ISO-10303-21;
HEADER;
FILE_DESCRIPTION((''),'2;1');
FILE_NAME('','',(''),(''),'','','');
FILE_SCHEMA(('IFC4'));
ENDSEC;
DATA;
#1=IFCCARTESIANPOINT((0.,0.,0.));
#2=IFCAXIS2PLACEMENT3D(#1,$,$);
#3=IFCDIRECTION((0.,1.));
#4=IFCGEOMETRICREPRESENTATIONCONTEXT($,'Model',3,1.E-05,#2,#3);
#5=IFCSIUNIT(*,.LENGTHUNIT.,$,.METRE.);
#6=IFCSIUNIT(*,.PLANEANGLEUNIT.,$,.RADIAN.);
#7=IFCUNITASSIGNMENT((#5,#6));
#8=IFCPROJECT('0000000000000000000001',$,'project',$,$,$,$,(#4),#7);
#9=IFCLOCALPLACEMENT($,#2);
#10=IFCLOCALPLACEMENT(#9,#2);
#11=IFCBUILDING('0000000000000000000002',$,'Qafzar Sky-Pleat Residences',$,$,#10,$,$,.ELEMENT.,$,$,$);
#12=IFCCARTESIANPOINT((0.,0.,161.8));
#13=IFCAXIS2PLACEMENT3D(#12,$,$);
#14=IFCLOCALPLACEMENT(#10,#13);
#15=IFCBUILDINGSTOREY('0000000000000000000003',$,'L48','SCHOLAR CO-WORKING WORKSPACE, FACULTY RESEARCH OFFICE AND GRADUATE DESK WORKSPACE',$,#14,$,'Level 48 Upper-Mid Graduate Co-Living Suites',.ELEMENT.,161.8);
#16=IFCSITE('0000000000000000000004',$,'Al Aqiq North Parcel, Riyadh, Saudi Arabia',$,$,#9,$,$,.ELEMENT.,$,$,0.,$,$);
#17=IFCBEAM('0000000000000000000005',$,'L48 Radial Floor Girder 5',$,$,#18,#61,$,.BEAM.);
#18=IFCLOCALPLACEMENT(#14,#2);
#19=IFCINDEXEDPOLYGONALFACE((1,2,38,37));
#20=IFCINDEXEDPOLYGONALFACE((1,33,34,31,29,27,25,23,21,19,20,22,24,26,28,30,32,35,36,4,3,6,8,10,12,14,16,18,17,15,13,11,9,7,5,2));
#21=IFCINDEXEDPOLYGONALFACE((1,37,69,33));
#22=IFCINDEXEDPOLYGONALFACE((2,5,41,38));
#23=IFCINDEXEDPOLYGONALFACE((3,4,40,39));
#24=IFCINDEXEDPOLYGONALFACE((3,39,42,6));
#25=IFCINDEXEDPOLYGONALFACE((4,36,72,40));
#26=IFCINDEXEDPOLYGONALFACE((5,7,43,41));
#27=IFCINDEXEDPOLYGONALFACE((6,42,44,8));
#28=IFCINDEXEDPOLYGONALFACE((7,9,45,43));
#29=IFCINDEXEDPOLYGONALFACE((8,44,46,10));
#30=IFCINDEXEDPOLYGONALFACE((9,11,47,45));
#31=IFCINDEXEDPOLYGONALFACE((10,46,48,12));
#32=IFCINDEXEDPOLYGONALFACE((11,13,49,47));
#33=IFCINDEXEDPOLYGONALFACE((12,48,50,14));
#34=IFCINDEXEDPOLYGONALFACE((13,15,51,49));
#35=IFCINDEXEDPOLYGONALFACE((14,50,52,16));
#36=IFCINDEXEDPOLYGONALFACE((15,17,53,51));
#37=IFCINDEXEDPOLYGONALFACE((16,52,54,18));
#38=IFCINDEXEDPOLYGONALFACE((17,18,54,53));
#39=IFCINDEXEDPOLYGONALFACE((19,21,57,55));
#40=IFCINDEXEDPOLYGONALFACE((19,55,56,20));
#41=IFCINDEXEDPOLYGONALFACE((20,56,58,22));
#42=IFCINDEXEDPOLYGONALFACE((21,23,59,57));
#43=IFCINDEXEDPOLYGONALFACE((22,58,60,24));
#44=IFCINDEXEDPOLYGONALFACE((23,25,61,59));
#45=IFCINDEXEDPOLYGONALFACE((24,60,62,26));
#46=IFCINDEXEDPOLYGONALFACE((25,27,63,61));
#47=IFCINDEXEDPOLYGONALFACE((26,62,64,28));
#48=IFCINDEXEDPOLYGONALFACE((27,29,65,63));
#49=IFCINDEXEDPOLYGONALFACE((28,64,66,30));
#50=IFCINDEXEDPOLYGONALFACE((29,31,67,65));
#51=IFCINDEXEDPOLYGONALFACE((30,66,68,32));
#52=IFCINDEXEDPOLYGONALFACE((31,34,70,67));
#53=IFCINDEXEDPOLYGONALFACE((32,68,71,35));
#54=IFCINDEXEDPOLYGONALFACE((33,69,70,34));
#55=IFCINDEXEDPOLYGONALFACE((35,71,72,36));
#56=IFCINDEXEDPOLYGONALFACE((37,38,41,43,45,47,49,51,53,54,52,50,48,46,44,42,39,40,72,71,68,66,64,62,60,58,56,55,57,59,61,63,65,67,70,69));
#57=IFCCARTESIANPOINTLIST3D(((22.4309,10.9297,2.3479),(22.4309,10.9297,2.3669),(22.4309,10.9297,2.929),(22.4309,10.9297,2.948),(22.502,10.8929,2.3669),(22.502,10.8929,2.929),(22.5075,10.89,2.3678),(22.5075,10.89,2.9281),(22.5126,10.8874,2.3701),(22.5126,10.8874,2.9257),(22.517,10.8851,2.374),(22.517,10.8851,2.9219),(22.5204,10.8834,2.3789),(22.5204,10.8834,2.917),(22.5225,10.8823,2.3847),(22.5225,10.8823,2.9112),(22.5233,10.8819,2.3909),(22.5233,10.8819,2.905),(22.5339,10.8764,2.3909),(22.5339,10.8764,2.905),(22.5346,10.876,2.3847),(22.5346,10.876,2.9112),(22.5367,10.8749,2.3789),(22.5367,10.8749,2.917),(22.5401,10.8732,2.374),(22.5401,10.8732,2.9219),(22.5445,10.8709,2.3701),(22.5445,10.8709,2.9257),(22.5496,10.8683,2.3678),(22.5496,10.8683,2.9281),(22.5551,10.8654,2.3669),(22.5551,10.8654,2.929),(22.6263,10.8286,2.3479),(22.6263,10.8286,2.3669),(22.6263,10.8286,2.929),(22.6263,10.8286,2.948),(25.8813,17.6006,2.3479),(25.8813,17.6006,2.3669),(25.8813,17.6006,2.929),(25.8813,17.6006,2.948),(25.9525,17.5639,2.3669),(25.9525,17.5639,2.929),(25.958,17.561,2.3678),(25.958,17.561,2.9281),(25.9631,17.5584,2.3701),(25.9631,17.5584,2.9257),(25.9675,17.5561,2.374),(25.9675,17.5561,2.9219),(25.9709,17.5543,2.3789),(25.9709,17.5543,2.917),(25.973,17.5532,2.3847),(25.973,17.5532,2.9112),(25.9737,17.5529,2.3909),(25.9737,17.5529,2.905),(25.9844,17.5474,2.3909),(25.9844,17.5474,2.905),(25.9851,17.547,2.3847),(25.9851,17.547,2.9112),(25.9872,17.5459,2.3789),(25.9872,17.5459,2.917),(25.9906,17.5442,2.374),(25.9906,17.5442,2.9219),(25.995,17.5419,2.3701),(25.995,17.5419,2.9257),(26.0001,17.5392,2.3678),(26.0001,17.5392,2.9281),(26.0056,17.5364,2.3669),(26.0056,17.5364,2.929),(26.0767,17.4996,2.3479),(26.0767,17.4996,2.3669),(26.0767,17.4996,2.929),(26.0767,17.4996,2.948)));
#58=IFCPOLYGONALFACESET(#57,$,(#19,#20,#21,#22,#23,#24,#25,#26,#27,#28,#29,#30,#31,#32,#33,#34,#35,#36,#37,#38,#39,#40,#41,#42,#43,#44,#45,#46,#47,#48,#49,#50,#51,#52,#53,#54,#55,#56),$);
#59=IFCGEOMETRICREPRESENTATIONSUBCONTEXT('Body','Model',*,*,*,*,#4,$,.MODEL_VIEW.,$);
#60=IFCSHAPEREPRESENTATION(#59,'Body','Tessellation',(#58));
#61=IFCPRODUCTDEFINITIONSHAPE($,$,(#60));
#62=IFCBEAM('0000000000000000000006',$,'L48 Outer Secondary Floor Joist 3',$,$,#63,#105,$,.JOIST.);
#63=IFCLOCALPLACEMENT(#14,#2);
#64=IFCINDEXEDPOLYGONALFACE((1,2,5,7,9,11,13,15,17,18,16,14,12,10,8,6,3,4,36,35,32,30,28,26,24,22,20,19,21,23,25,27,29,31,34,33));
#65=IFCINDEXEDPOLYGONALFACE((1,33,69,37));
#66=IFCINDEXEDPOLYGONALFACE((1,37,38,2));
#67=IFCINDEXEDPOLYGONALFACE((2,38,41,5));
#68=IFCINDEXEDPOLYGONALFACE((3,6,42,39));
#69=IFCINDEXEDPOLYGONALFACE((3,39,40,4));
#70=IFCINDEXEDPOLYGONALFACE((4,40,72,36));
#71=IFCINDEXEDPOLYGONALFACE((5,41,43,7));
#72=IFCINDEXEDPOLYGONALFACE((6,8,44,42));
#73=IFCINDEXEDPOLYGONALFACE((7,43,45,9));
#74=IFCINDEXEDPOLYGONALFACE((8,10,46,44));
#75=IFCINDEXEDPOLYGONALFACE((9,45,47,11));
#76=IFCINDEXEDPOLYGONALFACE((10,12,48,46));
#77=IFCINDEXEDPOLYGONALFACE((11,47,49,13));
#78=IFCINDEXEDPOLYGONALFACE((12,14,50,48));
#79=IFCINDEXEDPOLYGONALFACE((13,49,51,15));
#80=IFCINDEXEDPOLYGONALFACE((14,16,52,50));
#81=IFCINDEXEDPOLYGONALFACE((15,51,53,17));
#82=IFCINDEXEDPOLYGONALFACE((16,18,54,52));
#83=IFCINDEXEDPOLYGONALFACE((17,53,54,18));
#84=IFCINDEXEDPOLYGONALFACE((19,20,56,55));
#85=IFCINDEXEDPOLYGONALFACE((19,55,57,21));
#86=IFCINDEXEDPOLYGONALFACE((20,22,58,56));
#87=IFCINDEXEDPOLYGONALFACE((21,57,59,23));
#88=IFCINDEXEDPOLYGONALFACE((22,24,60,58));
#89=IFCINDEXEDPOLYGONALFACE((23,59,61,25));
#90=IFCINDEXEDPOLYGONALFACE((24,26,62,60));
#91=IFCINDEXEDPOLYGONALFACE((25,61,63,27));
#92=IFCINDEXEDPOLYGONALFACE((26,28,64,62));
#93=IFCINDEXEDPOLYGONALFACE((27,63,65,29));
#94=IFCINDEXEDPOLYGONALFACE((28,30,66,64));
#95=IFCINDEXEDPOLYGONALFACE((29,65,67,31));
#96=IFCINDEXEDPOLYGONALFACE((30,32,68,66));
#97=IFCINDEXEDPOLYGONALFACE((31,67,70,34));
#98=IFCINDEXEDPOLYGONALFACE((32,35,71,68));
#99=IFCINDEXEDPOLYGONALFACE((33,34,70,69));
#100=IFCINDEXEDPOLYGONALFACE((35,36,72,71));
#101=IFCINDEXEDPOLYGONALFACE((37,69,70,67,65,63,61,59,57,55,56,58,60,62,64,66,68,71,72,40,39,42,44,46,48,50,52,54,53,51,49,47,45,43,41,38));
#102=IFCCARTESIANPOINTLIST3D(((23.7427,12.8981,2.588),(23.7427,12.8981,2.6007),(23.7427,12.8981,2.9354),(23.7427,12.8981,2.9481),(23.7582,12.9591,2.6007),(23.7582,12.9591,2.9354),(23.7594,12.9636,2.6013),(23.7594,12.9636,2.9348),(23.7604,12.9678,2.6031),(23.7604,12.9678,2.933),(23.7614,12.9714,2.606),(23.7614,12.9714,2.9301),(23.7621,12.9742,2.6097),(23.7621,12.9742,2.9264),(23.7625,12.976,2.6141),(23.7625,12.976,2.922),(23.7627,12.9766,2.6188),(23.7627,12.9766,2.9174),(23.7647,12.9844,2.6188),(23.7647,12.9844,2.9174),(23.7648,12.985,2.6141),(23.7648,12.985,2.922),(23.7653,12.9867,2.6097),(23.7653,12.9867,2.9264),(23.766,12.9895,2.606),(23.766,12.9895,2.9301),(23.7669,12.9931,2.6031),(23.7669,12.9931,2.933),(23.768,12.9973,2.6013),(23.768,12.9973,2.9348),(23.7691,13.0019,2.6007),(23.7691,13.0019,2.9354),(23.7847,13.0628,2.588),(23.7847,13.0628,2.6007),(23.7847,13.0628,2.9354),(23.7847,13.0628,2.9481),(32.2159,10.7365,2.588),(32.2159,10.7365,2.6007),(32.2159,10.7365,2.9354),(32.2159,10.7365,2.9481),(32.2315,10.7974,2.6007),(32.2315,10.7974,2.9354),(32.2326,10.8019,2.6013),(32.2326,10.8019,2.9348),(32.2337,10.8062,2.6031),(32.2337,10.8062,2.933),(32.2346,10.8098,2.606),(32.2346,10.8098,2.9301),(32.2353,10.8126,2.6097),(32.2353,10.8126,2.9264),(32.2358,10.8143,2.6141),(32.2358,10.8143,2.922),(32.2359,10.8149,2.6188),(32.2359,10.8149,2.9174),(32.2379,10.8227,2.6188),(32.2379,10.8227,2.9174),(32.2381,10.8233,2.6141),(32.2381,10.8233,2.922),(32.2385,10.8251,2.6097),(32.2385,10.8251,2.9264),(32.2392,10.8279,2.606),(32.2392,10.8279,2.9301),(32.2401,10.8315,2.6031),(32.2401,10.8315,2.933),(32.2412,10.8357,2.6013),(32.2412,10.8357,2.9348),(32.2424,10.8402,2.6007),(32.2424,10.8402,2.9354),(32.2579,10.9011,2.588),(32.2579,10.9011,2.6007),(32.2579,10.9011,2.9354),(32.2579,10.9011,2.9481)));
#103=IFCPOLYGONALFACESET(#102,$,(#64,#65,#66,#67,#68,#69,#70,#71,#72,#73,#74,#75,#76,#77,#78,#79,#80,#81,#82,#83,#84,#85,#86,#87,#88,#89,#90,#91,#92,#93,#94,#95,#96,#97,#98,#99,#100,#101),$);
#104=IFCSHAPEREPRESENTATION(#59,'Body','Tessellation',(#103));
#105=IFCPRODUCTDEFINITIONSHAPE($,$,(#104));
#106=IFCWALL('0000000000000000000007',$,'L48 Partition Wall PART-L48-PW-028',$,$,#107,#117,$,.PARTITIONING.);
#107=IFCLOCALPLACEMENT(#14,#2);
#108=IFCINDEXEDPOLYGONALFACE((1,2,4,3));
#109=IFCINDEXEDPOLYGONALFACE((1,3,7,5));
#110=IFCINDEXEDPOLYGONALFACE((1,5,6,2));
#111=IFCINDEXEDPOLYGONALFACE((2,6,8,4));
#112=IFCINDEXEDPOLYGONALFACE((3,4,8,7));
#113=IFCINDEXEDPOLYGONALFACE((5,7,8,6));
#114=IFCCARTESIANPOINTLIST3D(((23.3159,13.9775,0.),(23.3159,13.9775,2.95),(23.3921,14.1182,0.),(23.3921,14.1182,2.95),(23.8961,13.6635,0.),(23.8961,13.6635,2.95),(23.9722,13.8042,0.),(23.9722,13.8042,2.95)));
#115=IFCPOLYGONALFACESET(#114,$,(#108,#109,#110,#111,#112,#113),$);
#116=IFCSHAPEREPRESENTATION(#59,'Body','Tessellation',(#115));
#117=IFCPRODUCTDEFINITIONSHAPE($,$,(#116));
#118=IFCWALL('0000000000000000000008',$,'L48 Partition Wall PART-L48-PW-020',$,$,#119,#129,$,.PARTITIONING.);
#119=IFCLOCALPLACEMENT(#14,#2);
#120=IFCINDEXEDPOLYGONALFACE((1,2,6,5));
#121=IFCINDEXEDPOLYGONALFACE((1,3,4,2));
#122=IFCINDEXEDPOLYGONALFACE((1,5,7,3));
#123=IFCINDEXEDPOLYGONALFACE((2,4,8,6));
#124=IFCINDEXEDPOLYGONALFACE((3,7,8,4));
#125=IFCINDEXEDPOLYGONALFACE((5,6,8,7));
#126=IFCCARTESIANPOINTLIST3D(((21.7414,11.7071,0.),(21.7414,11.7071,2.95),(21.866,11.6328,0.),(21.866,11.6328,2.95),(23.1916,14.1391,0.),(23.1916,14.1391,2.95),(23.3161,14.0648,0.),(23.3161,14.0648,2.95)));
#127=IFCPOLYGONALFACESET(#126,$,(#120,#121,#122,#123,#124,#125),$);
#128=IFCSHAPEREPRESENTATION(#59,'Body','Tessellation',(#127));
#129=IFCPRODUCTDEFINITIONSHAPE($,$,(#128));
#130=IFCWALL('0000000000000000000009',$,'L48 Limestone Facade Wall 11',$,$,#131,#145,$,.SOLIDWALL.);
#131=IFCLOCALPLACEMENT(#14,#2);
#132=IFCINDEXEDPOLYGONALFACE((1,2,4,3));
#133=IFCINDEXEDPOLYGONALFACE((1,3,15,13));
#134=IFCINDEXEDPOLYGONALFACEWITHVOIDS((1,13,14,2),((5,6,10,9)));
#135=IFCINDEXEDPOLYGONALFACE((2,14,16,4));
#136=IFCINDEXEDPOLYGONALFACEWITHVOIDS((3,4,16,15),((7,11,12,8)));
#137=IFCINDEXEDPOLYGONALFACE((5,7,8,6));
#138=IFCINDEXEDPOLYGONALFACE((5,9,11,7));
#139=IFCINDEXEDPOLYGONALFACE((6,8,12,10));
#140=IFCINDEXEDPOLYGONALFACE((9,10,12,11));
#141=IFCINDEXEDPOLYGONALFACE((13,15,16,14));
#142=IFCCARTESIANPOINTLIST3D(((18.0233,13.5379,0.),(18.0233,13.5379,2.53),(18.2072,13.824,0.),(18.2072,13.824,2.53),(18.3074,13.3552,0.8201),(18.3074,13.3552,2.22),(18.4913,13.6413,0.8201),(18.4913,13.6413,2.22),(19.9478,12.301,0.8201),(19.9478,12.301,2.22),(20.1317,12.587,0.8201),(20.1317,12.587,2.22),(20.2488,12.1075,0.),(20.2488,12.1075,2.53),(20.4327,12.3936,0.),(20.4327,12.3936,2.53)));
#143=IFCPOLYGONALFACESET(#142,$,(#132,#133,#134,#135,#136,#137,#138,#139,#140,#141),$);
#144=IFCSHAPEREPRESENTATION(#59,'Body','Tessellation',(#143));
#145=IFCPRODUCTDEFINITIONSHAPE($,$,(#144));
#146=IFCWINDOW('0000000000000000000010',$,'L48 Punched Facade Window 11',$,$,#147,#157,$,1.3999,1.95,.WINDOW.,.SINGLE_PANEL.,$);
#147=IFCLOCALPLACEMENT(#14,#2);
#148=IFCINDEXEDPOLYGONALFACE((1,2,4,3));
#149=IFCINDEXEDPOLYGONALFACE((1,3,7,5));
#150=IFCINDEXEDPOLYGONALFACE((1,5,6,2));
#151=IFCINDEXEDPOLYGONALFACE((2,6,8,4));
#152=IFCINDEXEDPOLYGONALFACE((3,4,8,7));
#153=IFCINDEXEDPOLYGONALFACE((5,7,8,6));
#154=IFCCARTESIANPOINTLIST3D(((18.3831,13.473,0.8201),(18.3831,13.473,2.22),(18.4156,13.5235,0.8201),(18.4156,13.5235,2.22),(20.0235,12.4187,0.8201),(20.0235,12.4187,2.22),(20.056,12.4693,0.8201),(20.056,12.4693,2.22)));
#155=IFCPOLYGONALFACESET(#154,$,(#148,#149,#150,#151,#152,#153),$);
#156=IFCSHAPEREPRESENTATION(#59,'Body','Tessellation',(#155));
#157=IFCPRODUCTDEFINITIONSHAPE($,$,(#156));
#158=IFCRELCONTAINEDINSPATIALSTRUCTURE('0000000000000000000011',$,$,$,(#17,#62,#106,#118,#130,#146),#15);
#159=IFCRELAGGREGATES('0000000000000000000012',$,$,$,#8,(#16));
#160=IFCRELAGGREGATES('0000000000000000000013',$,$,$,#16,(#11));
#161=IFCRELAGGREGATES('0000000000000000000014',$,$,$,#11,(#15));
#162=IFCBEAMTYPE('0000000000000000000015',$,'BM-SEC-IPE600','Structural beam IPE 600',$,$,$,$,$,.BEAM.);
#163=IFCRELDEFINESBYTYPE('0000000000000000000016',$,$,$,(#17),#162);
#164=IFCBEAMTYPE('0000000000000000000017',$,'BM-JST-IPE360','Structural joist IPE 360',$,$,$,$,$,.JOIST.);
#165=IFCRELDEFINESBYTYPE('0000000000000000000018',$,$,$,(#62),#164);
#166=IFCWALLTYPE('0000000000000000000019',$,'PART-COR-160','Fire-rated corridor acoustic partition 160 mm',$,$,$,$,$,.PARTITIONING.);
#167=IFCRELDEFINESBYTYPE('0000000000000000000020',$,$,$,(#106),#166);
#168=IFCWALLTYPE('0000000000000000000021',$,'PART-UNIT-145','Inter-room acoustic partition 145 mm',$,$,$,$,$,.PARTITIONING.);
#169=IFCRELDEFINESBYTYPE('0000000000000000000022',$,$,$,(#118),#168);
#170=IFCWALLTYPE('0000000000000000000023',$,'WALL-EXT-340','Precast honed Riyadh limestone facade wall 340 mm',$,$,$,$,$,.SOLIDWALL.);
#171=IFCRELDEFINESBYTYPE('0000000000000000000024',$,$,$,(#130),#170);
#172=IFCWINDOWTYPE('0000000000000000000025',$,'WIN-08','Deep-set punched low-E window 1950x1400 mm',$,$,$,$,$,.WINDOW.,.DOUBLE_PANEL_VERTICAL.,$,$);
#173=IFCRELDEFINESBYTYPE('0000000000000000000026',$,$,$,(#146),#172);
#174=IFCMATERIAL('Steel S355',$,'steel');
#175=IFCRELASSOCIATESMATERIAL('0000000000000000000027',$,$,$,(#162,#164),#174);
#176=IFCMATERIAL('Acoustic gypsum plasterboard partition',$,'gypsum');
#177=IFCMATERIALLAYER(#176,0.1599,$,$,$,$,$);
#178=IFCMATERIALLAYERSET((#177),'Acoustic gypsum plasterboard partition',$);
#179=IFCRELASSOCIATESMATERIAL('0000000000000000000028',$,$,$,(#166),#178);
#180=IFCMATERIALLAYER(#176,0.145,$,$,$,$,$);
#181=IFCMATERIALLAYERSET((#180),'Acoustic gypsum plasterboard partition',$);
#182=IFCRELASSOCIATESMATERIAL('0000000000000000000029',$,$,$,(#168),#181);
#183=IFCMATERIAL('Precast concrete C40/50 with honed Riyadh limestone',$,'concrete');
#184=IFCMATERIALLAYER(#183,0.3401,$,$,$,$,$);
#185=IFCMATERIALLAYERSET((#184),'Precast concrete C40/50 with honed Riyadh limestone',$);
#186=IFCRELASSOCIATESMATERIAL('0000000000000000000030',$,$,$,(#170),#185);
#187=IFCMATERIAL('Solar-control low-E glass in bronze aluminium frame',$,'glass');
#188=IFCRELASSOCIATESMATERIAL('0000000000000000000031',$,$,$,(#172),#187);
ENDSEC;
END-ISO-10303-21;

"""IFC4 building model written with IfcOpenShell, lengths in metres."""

from ifc_helpers import new_model, si_unit, direction, frame, frame_2d, origin, origin_2d, place, context, subcontext, project, spatial, rectangle, i_section, extrude, source, transform, mapped, material, layer, layer_set, material_profile, profile_set, type_object, element, fill, save


model = new_model("IFC4")

# Units and contexts
model_context = context("Model", 3, precision=1e-05, world=origin(), true_north=direction((0.0, 1.0)))
body_context = subcontext(model_context, "Body", "Model", "MODEL_VIEW")
ifc_project = project(units=[si_unit("LENGTHUNIT", "METRE"), si_unit("PLANEANGLEUNIT", "RADIAN")], contexts=[model_context])

# Site, building, storey
site_placement = place(None, origin())
site = spatial("IfcSite", under=ifc_project, at=site_placement, Name="Al Aqiq North Parcel, Riyadh, Saudi Arabia", CompositionType="ELEMENT", RefElevation=0.0)
building_placement = place(site_placement, origin())
building = spatial("IfcBuilding", under=site, at=building_placement, Name="Qafzar Sky-Pleat Residences", CompositionType="ELEMENT")
storey_placement = place(building_placement, frame((0.0, 0.0, 161.8)))
storey = spatial("IfcBuildingStorey", under=building, at=storey_placement, Name="L48", Description="SCHOLAR CO-WORKING WORKSPACE, FACULTY RESEARCH OFFICE AND GRADUATE DESK WORKSPACE", LongName="Level 48 Upper-Mid Graduate Co-Living Suites", CompositionType="ELEMENT", Elevation=161.8)

# Shared definitions
ifc_material_1 = material(Name="Steel S355", Category="steel")

# Beams
ifc_material_profile_1 = material_profile(ifc_material_1, i_section(OverallWidth=0.22, OverallDepth=0.6001, WebThickness=0.012, FlangeThickness=0.019, FilletRadius=0.0239, at=origin_2d()), Name="IPE 600")
ifc_profile_set_1 = profile_set([ifc_material_profile_1], Name="Steel S355")
beam_type_1 = type_object("IfcBeamType", Name="BM-SEC-IPE600", Description="Structural beam IPE 600", PredefinedType="BEAM", material=ifc_profile_set_1)
shared_shape_1 = source(origin(), body_context, "Body", "SweptSolid", [
    extrude(i_section(OverallWidth=0.22, OverallDepth=0.6001, WebThickness=0.012, FlangeThickness=0.019, FilletRadius=0.0239, at=origin_2d()), origin(), (0.0, 0.0, 1.0), 7.5105),
])
beam_1_placement = place(storey_placement, frame((22.5286, 10.8792, 2.6479), z_axis=(0.45942, 0.888219, 0.0), x_axis=(-0.888219, 0.45942, 0.0)))
element("IfcBeam", 1, at=beam_1_placement, inside=storey, type_object=beam_type_1, Name="L48 Radial Floor Girder 5", PredefinedType="BEAM", context=body_context, shape_type="MappedRepresentation", body=[
    mapped(shared_shape_1, transform((0.0, 0.0, 0.0), x_axis=(1.0, 0.0, 0.0), y_axis=(0.0, 1.0, 0.0), z_axis=(0.0, 0.0, 1.0), scale=1.0)),
])
ifc_material_profile_2 = material_profile(ifc_material_1, i_section(OverallWidth=0.1699, OverallDepth=0.3601, WebThickness=0.0081, FlangeThickness=0.0127, FilletRadius=0.0181, at=origin_2d()), Name="IPE 360")
ifc_profile_set_2 = profile_set([ifc_material_profile_2], Name="Steel S355")
beam_type_2 = type_object("IfcBeamType", Name="BM-JST-IPE360", Description="Structural joist IPE 360", PredefinedType="JOIST", material=ifc_profile_set_2)
shared_shape_2 = source(origin(), body_context, "Body", "SweptSolid", [
    extrude(i_section(OverallWidth=0.1699, OverallDepth=0.3601, WebThickness=0.0081, FlangeThickness=0.0127, FilletRadius=0.0181, at=origin_2d()), origin(), (0.0, 0.0, 1.0), 8.7446),
])
beam_2_placement = place(storey_placement, frame((23.7637, 12.9805, 2.7681), z_axis=(0.968965, -0.247197, 0.0), x_axis=(0.247197, 0.968965, 0.0)))
element("IfcBeam", 2, at=beam_2_placement, inside=storey, type_object=beam_type_2, Name="L48 Outer Secondary Floor Joist 3", PredefinedType="JOIST", context=body_context, shape_type="MappedRepresentation", body=[
    mapped(shared_shape_2, transform((0.0, 0.0, 0.0), x_axis=(1.0, 0.0, 0.0), y_axis=(0.0, 1.0, 0.0), z_axis=(0.0, 0.0, 1.0), scale=1.0)),
])

# Walls
ifc_material_2 = material(Name="Acoustic gypsum plasterboard partition", Category="gypsum")
ifc_layer_1 = layer(ifc_material_2, 0.1599)
ifc_layer_set_1 = layer_set([ifc_layer_1], Name="Acoustic gypsum plasterboard partition")
wall_type_1 = type_object("IfcWallType", Name="PART-COR-160", Description="Fire-rated corridor acoustic partition 160 mm", PredefinedType="PARTITIONING", material=ifc_layer_set_1)
wall_1_placement = place(storey_placement, frame((23.354, 14.0479, 0.0), z_axis=(0.0, 0.0, 1.0), x_axis=(0.879447, -0.475997, 0.0)))
element("IfcWall", 3, at=wall_1_placement, inside=storey, type_object=wall_type_1, Name="L48 Partition Wall PART-L48-PW-028", PredefinedType="PARTITIONING", context=body_context, shape_type="SweptSolid", body=[
    extrude(rectangle(XDim=0.6597, YDim=0.1599, at=frame_2d((0.3298, 0.0))), origin(), (0.0, 0.0, 1.0), 2.95),
])
ifc_layer_2 = layer(ifc_material_2, 0.145)
ifc_layer_set_2 = layer_set([ifc_layer_2], Name="Acoustic gypsum plasterboard partition")
wall_type_2 = type_object("IfcWallType", Name="PART-UNIT-145", Description="Inter-room acoustic partition 145 mm", PredefinedType="PARTITIONING", material=ifc_layer_set_2)
wall_2_placement = place(storey_placement, frame((21.8037, 11.6699, 0.0), z_axis=(0.0, 0.0, 1.0), x_axis=(0.512135, 0.858905, 0.0)))
element("IfcWall", 4, at=wall_2_placement, inside=storey, type_object=wall_type_2, Name="L48 Partition Wall PART-L48-PW-020", PredefinedType="PARTITIONING", context=body_context, shape_type="SweptSolid", body=[
    extrude(rectangle(XDim=2.8315, YDim=0.145, at=frame_2d((1.4158, 0.0))), origin(), (0.0, 0.0, 1.0), 2.95),
])

# Wall, opening, window
ifc_material_3 = material(Name="Precast concrete C40/50 with honed Riyadh limestone", Category="concrete")
ifc_layer_3 = layer(ifc_material_3, 0.3401)
ifc_layer_set_3 = layer_set([ifc_layer_3], Name="Precast concrete C40/50 with honed Riyadh limestone")
wall_type_3 = type_object("IfcWallType", Name="WALL-EXT-340", Description="Precast honed Riyadh limestone facade wall 340 mm", PredefinedType="SOLIDWALL", material=ifc_layer_set_3)
wall_3_placement = place(storey_placement, frame((18.1152, 13.6809, 0.0), z_axis=(0.0, 0.0, 1.0), x_axis=(0.841232, -0.540674, 0.0)))
wall_3 = element("IfcWall", 5, at=wall_3_placement, inside=storey, type_object=wall_type_3, Name="L48 Limestone Facade Wall 11", PredefinedType="SOLIDWALL", context=body_context, shape_type="SweptSolid", body=[
    extrude(rectangle(XDim=2.6455, YDim=0.3401, at=frame_2d((1.3228, 0.0))), origin(), (0.0, 0.0, 1.0), 2.53),
])
opening_1_placement = place(wall_3_placement, frame((0.3376, 0.0, 0.8201)))
opening_1 = element("IfcOpeningElement", 6, at=opening_1_placement, cuts=wall_3, PredefinedType="OPENING", context=body_context, shape_type="SweptSolid", body=[
    extrude(rectangle(XDim=1.95, YDim=1.3999, at=frame_2d((0.9751, 0.7))), frame((0.0, 0.1802, 0.0), z_axis=(0.0, -1.0, 0.0), x_axis=(1.0, 0.0, 0.0)), (0.0, 0.0, 1.0), 0.3601),
])
ifc_material_4 = material(Name="Solar-control low-E glass in bronze aluminium frame", Category="glass")
window_type_1 = type_object("IfcWindowType", Name="WIN-08", Description="Deep-set punched low-E window 1950x1400 mm", PartitioningType="DOUBLE_PANEL_VERTICAL", PredefinedType="WINDOW", material=ifc_material_4)
shared_shape_3 = source(origin(), body_context, "Body", "SweptSolid", [
    extrude(rectangle(XDim=1.95, YDim=1.3999, at=frame_2d((0.9751, 0.7))), frame((0.0, 0.03, 0.0), z_axis=(0.0, -1.0, 0.0), x_axis=(1.0, 0.0, 0.0)), (0.0, 0.0, 1.0), 0.0601),
])
window_1_placement = place(opening_1_placement, origin())
window_1 = element("IfcWindow", 7, at=window_1_placement, inside=storey, type_object=window_type_1, Name="L48 Punched Facade Window 11", OverallHeight=1.3999, OverallWidth=1.95, PartitioningType="SINGLE_PANEL", PredefinedType="WINDOW", context=body_context, shape_type="MappedRepresentation", body=[
    mapped(shared_shape_3, transform((0.0, 0.0, 0.0), x_axis=(1.0, 0.0, 0.0), y_axis=(0.0, 1.0, 0.0), z_axis=(0.0, 0.0, 1.0), scale=1.0)),
])
fill(opening_1, window_1)

save(model, "model.ifc")
